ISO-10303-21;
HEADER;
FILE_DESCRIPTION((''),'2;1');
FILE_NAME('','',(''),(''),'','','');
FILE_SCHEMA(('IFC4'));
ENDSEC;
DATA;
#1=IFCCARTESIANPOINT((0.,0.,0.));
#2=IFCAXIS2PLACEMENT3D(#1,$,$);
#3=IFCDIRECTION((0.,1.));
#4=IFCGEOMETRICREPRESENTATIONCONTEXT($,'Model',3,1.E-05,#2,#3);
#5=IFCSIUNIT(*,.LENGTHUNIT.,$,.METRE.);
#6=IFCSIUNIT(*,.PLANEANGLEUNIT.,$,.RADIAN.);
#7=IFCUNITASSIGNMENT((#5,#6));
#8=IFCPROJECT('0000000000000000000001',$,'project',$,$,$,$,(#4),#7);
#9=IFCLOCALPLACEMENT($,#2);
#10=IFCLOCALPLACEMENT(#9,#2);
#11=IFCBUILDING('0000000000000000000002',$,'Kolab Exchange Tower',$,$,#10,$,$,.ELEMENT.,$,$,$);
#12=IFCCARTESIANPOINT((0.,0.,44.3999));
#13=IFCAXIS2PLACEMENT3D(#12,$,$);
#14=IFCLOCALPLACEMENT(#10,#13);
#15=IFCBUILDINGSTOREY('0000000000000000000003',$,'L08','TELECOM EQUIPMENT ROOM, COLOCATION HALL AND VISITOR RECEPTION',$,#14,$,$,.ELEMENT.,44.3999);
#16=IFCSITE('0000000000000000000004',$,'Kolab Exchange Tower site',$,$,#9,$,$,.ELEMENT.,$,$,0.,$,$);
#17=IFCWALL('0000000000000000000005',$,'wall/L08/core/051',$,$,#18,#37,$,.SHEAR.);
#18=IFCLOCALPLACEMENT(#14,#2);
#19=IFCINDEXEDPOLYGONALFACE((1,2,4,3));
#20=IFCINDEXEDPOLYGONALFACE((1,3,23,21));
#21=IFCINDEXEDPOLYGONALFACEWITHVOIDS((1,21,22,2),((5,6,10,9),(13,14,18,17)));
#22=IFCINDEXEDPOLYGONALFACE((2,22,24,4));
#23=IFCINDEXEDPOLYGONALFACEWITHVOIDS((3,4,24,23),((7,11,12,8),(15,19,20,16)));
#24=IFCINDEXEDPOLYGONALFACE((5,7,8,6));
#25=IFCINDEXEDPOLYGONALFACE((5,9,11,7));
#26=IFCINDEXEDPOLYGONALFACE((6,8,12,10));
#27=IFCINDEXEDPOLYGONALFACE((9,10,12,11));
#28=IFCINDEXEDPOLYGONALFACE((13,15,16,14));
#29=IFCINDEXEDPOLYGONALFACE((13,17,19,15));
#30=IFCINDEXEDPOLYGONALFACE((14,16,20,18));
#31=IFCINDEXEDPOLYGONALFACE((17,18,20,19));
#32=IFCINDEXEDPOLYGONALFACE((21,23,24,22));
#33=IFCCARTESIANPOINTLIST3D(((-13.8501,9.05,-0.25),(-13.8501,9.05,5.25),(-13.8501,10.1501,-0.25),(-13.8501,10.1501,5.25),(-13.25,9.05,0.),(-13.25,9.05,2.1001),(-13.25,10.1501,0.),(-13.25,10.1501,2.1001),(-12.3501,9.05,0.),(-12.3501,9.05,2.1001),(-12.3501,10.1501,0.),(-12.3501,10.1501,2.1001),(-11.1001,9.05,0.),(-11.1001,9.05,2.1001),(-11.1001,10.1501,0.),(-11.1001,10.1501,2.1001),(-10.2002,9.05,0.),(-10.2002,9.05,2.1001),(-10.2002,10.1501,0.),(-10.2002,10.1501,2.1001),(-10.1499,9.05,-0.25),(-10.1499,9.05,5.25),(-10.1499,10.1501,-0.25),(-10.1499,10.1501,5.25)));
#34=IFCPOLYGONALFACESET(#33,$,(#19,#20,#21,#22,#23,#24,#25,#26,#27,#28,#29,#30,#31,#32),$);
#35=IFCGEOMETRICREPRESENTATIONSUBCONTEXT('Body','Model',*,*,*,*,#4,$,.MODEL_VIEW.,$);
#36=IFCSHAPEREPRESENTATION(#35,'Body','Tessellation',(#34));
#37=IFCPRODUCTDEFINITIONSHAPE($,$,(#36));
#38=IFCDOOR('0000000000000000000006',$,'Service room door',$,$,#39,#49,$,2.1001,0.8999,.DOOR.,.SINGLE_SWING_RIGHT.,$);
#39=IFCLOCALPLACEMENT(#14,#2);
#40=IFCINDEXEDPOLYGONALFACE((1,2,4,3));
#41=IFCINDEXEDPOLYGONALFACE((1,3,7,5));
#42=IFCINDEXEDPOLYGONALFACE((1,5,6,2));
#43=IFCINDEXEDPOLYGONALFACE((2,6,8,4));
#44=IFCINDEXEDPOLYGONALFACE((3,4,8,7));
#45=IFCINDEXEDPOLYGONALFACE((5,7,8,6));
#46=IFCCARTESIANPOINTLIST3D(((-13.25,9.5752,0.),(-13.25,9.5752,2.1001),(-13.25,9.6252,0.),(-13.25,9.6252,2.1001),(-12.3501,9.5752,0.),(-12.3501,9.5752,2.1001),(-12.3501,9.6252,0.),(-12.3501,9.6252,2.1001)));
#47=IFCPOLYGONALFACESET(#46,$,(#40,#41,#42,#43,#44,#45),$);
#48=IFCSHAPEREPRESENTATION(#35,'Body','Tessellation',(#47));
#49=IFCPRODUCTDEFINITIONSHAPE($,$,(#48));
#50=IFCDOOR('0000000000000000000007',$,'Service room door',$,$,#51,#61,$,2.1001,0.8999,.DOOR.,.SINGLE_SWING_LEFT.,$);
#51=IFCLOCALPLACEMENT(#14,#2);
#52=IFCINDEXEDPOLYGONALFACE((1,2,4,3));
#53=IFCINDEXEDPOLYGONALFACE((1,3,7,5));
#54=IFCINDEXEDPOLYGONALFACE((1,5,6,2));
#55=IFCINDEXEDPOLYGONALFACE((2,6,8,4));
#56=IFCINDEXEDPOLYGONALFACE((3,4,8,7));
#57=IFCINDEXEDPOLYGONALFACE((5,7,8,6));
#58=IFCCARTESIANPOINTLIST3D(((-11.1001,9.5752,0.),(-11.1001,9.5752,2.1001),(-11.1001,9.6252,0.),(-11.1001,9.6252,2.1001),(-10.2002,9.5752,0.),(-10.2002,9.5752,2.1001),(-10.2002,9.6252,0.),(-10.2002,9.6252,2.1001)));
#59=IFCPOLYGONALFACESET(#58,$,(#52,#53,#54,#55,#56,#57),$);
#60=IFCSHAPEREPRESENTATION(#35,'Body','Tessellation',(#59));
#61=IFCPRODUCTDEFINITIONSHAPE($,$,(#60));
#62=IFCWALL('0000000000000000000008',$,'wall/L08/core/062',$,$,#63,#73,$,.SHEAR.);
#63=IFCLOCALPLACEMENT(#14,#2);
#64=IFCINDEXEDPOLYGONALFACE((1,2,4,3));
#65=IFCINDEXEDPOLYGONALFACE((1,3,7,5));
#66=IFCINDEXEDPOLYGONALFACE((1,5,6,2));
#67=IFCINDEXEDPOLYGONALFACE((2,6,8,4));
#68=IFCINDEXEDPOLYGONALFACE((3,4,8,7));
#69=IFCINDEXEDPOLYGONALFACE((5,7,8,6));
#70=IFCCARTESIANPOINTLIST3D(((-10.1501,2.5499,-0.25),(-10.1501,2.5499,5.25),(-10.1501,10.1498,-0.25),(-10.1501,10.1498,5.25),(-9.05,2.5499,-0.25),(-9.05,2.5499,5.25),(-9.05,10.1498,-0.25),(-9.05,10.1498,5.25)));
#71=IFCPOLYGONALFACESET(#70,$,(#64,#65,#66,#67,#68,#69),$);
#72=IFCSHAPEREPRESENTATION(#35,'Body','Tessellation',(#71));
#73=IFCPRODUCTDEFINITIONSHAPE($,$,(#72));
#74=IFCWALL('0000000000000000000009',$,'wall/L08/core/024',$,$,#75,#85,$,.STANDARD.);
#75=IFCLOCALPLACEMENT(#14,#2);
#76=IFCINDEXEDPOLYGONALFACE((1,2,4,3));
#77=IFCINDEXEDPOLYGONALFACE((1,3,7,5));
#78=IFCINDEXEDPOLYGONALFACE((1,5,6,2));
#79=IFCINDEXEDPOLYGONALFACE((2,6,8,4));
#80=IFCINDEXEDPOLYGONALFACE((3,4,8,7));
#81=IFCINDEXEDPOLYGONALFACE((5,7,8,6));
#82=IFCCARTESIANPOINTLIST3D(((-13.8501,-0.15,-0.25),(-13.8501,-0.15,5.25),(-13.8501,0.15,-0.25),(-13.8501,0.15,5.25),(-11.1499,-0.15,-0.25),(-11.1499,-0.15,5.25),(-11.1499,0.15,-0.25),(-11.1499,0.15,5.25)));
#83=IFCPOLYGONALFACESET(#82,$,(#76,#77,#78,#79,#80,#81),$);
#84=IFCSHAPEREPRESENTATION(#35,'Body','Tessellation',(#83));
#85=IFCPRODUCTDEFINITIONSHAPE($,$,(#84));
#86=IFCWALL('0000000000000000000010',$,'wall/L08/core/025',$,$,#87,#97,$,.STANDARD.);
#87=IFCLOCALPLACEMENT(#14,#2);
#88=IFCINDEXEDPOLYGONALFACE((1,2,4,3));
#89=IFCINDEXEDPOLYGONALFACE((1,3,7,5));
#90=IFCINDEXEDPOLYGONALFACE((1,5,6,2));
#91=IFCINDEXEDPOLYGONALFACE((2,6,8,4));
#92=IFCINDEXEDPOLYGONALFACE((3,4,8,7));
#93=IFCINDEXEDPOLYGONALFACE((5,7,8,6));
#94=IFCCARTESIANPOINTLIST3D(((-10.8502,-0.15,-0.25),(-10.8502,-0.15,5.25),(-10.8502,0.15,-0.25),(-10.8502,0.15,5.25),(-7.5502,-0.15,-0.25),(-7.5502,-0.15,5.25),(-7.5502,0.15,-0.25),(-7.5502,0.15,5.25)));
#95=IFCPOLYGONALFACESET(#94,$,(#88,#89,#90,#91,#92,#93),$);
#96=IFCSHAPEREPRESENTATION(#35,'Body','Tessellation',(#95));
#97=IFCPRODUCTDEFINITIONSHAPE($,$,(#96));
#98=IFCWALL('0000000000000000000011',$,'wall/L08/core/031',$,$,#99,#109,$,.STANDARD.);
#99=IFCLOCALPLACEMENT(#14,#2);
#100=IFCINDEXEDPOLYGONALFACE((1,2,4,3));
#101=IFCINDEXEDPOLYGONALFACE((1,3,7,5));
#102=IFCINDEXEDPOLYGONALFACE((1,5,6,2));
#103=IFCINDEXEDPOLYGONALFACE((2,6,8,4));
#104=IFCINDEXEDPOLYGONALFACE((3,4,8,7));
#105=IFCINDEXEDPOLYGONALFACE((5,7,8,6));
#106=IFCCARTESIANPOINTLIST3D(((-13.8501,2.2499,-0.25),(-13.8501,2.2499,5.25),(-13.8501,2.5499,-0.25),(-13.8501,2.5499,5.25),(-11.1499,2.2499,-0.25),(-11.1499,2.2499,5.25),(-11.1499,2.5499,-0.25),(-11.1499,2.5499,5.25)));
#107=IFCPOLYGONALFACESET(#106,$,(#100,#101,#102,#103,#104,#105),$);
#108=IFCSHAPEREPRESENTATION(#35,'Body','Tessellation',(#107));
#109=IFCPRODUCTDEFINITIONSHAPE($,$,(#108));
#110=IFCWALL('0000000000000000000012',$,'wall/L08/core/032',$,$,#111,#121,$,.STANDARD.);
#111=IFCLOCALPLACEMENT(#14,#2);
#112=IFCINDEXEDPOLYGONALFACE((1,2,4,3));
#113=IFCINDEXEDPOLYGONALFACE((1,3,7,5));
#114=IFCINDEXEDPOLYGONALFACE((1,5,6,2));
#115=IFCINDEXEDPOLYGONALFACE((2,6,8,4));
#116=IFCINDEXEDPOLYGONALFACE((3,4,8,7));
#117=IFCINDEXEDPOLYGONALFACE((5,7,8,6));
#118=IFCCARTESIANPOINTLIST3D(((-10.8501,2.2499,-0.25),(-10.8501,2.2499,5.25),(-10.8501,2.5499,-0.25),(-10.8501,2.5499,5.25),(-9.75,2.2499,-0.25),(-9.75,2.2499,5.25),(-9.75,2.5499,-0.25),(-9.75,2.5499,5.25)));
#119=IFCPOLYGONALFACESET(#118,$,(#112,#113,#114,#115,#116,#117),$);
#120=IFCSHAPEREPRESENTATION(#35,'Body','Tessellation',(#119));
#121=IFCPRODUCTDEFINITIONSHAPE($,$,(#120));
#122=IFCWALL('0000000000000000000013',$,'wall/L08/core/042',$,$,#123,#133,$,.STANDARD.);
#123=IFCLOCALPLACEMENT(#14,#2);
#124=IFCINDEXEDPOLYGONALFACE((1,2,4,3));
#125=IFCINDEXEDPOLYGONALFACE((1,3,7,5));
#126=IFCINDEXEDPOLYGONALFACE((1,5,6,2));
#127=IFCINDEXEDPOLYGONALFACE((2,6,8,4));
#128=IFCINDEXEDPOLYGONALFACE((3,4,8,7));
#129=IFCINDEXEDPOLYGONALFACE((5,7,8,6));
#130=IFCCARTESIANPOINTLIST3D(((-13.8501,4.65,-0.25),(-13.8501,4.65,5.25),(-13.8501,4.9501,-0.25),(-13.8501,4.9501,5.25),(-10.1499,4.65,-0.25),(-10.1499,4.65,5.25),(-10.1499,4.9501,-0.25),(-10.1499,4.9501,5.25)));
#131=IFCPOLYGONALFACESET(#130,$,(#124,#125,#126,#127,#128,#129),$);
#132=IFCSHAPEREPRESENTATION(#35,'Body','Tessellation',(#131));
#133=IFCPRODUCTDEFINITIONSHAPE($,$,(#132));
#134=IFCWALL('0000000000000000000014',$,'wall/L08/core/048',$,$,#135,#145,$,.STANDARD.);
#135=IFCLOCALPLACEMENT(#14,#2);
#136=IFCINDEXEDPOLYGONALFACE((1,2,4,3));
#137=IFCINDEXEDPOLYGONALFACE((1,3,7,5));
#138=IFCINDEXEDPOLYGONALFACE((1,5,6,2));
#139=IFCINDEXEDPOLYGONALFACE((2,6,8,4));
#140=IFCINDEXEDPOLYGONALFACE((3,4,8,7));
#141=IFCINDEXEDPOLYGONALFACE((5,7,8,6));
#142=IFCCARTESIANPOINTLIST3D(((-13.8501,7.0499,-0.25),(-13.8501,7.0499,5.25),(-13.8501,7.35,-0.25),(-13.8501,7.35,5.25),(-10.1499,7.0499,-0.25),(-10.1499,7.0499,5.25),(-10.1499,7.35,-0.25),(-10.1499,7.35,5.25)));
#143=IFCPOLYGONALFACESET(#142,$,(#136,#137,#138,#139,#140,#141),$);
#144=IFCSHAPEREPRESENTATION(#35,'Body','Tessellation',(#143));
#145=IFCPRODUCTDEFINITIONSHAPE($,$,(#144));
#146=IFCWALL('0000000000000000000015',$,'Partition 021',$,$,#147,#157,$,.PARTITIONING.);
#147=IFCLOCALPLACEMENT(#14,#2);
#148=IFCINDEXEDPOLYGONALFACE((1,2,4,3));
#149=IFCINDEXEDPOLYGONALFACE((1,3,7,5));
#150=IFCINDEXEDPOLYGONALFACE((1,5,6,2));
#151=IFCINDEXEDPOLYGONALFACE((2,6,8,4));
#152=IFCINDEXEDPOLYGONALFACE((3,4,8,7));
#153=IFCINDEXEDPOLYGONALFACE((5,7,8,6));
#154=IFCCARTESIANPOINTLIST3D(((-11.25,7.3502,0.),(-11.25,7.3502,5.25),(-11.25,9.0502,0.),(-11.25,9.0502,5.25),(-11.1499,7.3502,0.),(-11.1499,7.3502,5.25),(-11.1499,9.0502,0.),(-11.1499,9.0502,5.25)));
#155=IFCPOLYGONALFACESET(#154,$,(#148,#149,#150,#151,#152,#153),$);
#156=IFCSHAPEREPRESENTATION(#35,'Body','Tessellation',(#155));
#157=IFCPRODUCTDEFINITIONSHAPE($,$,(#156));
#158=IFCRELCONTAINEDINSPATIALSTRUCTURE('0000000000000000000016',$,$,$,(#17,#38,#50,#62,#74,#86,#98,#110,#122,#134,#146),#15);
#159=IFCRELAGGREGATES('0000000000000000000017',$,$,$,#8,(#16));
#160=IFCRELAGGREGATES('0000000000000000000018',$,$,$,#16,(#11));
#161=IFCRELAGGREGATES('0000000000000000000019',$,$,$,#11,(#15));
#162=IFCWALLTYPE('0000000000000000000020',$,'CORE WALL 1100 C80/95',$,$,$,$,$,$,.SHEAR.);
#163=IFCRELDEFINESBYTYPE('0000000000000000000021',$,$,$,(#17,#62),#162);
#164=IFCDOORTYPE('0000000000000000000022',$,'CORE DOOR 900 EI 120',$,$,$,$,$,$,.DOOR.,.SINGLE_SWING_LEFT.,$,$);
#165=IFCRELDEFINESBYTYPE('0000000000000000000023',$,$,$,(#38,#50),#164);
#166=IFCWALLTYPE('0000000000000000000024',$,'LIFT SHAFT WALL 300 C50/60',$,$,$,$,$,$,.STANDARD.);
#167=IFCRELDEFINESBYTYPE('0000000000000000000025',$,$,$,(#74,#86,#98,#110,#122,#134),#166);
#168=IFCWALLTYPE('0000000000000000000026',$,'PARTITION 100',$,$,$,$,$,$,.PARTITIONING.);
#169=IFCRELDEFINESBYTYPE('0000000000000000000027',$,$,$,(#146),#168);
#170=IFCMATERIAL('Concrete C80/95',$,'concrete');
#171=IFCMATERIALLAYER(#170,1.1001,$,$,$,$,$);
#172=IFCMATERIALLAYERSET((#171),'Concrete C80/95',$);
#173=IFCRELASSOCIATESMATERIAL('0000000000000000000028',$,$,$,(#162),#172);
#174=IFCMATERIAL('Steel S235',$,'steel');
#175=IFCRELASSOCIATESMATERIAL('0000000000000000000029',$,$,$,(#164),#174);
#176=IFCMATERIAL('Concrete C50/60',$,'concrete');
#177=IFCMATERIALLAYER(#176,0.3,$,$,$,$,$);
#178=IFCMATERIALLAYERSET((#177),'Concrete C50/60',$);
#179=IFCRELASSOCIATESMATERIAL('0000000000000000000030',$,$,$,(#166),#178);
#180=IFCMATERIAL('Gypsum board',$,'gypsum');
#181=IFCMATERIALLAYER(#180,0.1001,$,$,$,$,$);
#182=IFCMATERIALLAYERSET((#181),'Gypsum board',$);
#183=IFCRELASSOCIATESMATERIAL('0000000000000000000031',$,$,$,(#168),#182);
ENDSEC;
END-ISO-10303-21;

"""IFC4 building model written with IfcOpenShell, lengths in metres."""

from ifc_helpers import new_model, si_unit, direction, frame, frame_2d, origin, place, context, subcontext, project, spatial, rectangle, extrude, material, layer, layer_set, type_object, element, fill, save


model = new_model("IFC4")

# Units and contexts
model_context = context("Model", 3, precision=1e-05, world=origin(), true_north=direction((0.0, 1.0)))
body_context = subcontext(model_context, "Body", "Model", "MODEL_VIEW")
ifc_project = project(units=[si_unit("LENGTHUNIT", "METRE"), si_unit("PLANEANGLEUNIT", "RADIAN")], contexts=[model_context])

# Site, building, storey
site_placement = place(None, origin())
site = spatial("IfcSite", under=ifc_project, at=site_placement, Name="Kolab Exchange Tower site", CompositionType="ELEMENT", RefElevation=0.0)
building_placement = place(site_placement, origin())
building = spatial("IfcBuilding", under=site, at=building_placement, Name="Kolab Exchange Tower", CompositionType="ELEMENT")
storey_placement = place(building_placement, frame((0.0, 0.0, 44.3999)))
storey = spatial("IfcBuildingStorey", under=building, at=storey_placement, Name="L08", Description="TELECOM EQUIPMENT ROOM, COLOCATION HALL AND VISITOR RECEPTION", CompositionType="ELEMENT", Elevation=44.3999)

# Wall, openings, doors
ifc_material_1 = material(Name="Concrete C80/95", Category="concrete")
ifc_layer_1 = layer(ifc_material_1, 1.1001)
ifc_layer_set_1 = layer_set([ifc_layer_1], Name="Concrete C80/95")
wall_type_1 = type_object("IfcWallType", Name="CORE WALL 1100 C80/95", PredefinedType="SHEAR", material=ifc_layer_set_1)
wall_1_placement = place(storey_placement, frame((-13.8501, 9.6001, -0.25), z_axis=(0.0, 0.0, 1.0), x_axis=(1.0, 0.0, 0.0)))
wall_1 = element("IfcWall", 1, at=wall_1_placement, inside=storey, type_object=wall_type_1, Name="wall/L08/core/051", PredefinedType="SHEAR", context=body_context, shape_type="SweptSolid", body=[
    extrude(rectangle(XDim=3.7002, YDim=1.1001, at=frame_2d((1.8501, 0.0))), origin(), (0.0, 0.0, 1.0), 5.5),
])
opening_1_placement = place(wall_1_placement, frame((0.6001, 0.0, 0.25)))
opening_1 = element("IfcOpeningElement", 2, at=opening_1_placement, cuts=wall_1, PredefinedType="OPENING", context=body_context, shape_type="SweptSolid", body=[
    extrude(rectangle(XDim=0.8999, YDim=2.1001, at=frame_2d((0.45, 1.05))), frame((0.0, 0.5601, 0.0), z_axis=(0.0, -1.0, 0.0), x_axis=(1.0, 0.0, 0.0)), (0.0, 0.0, 1.0), 1.1201),
])
opening_2_placement = place(wall_1_placement, frame((2.75, 0.0, 0.25)))
opening_2 = element("IfcOpeningElement", 3, at=opening_2_placement, cuts=wall_1, PredefinedType="OPENING", context=body_context, shape_type="SweptSolid", body=[
    extrude(rectangle(XDim=0.8999, YDim=2.1001, at=frame_2d((0.45, 1.05))), frame((0.0, 0.5601, 0.0), z_axis=(0.0, -1.0, 0.0), x_axis=(1.0, 0.0, 0.0)), (0.0, 0.0, 1.0), 1.1201),
])
ifc_material_2 = material(Name="Steel S235", Category="steel")
door_type_1 = type_object("IfcDoorType", Name="CORE DOOR 900 EI 120", OperationType="SINGLE_SWING_LEFT", PredefinedType="DOOR", material=ifc_material_2)
door_1_placement = place(opening_1_placement, frame((0.8999, 0.0, 0.0), z_axis=(0.0, 0.0, 1.0), x_axis=(-1.0, 0.0, 0.0)))
door_1 = element("IfcDoor", 4, at=door_1_placement, inside=storey, type_object=door_type_1, Name="Service room door", OperationType="SINGLE_SWING_RIGHT", OverallHeight=2.1001, OverallWidth=0.8999, PredefinedType="DOOR", context=body_context, shape_type="SweptSolid", body=[
    extrude(rectangle(XDim=0.8999, YDim=2.1001, at=frame_2d((0.45, 1.05))), frame((0.0, 0.0249, 0.0), z_axis=(0.0, -1.0, 0.0), x_axis=(1.0, 0.0, 0.0)), (0.0, 0.0, 1.0), 0.05),
])
fill(opening_1, door_1)
door_2_placement = place(opening_2_placement, frame((0.8999, 0.0, 0.0), z_axis=(0.0, 0.0, 1.0), x_axis=(-1.0, 0.0, 0.0)))
door_2 = element("IfcDoor", 5, at=door_2_placement, inside=storey, type_object=door_type_1, Name="Service room door", OperationType="SINGLE_SWING_LEFT", OverallHeight=2.1001, OverallWidth=0.8999, PredefinedType="DOOR", context=body_context, shape_type="SweptSolid", body=[
    extrude(rectangle(XDim=0.8999, YDim=2.1001, at=frame_2d((0.45, 1.05))), frame((0.0, 0.0249, 0.0), z_axis=(0.0, -1.0, 0.0), x_axis=(1.0, 0.0, 0.0)), (0.0, 0.0, 1.0), 0.05),
])
fill(opening_2, door_2)

# Walls
wall_2_placement = place(storey_placement, frame((-9.6001, 2.55, -0.25), z_axis=(0.0, 0.0, 1.0), x_axis=(0.0, 1.0, 0.0)))
element("IfcWall", 6, at=wall_2_placement, inside=storey, type_object=wall_type_1, Name="wall/L08/core/062", PredefinedType="SHEAR", context=body_context, shape_type="SweptSolid", body=[
    extrude(rectangle(XDim=7.5999, YDim=1.1001, at=frame_2d((3.7998, 0.0))), origin(), (0.0, 0.0, 1.0), 5.5),
])
ifc_material_3 = material(Name="Concrete C50/60", Category="concrete")
ifc_layer_2 = layer(ifc_material_3, 0.3)
ifc_layer_set_2 = layer_set([ifc_layer_2], Name="Concrete C50/60")
wall_type_2 = type_object("IfcWallType", Name="LIFT SHAFT WALL 300 C50/60", PredefinedType="STANDARD", material=ifc_layer_set_2)
wall_3_placement = place(storey_placement, frame((-13.8501, 0.0, -0.25), z_axis=(0.0, 0.0, 1.0), x_axis=(1.0, 0.0, 0.0)))
element("IfcWall", 7, at=wall_3_placement, inside=storey, type_object=wall_type_2, Name="wall/L08/core/024", PredefinedType="STANDARD", context=body_context, shape_type="SweptSolid", body=[
    extrude(rectangle(XDim=2.7002, YDim=0.3, at=frame_2d((1.3501, 0.0))), origin(), (0.0, 0.0, 1.0), 5.5),
])
wall_4_placement = place(storey_placement, frame((-10.8501, 0.0, -0.25), z_axis=(0.0, 0.0, 1.0), x_axis=(1.0, 0.0, 0.0)))
element("IfcWall", 8, at=wall_4_placement, inside=storey, type_object=wall_type_2, Name="wall/L08/core/025", PredefinedType="STANDARD", context=body_context, shape_type="SweptSolid", body=[
    extrude(rectangle(XDim=3.3, YDim=0.3, at=frame_2d((1.6499, 0.0))), origin(), (0.0, 0.0, 1.0), 5.5),
])
wall_5_placement = place(storey_placement, frame((-13.8501, 2.3999, -0.25), z_axis=(0.0, 0.0, 1.0), x_axis=(1.0, 0.0, 0.0)))
element("IfcWall", 9, at=wall_5_placement, inside=storey, type_object=wall_type_2, Name="wall/L08/core/031", PredefinedType="STANDARD", context=body_context, shape_type="SweptSolid", body=[
    extrude(rectangle(XDim=2.7002, YDim=0.3, at=frame_2d((1.3501, 0.0))), origin(), (0.0, 0.0, 1.0), 5.5),
])
wall_6_placement = place(storey_placement, frame((-10.8501, 2.3999, -0.25), z_axis=(0.0, 0.0, 1.0), x_axis=(1.0, 0.0, 0.0)))
element("IfcWall", 10, at=wall_6_placement, inside=storey, type_object=wall_type_2, Name="wall/L08/core/032", PredefinedType="STANDARD", context=body_context, shape_type="SweptSolid", body=[
    extrude(rectangle(XDim=1.1001, YDim=0.3, at=frame_2d((0.55, 0.0))), origin(), (0.0, 0.0, 1.0), 5.5),
])
for number, where, z_axis, x_axis, name in (
    (11, (-13.8501, 4.8, -0.25), (0.0, 0.0, 1.0), (1.0, 0.0, 0.0), "wall/L08/core/042"),
    (12, (-13.8501, 7.2, -0.25), (0.0, 0.0, 1.0), (1.0, 0.0, 0.0), "wall/L08/core/048"),
):
    element("IfcWall", number, at=place(storey_placement, frame(where, z_axis=z_axis, x_axis=x_axis)), inside=storey, type_object=wall_type_2, Name=name, PredefinedType="STANDARD", context=body_context, shape_type="SweptSolid", body=[
        extrude(rectangle(XDim=3.7002, YDim=0.3, at=frame_2d((1.8501, 0.0))), origin(), (0.0, 0.0, 1.0), 5.5),
    ])
ifc_material_4 = material(Name="Gypsum board", Category="gypsum")
ifc_layer_3 = layer(ifc_material_4, 0.1001)
ifc_layer_set_3 = layer_set([ifc_layer_3], Name="Gypsum board")
wall_type_3 = type_object("IfcWallType", Name="PARTITION 100", PredefinedType="PARTITIONING", material=ifc_layer_set_3)
wall_7_placement = place(storey_placement, frame((-11.2, 7.3501, 0.0), z_axis=(0.0, 0.0, 1.0), x_axis=(0.0, 1.0, 0.0)))
element("IfcWall", 13, at=wall_7_placement, inside=storey, type_object=wall_type_3, Name="Partition 021", PredefinedType="PARTITIONING", context=body_context, shape_type="SweptSolid", body=[
    extrude(rectangle(XDim=1.7, YDim=0.1001, at=frame_2d((0.8501, 0.0))), origin(), (0.0, 0.0, 1.0), 5.25),
])

save(model, "model.ifc")
